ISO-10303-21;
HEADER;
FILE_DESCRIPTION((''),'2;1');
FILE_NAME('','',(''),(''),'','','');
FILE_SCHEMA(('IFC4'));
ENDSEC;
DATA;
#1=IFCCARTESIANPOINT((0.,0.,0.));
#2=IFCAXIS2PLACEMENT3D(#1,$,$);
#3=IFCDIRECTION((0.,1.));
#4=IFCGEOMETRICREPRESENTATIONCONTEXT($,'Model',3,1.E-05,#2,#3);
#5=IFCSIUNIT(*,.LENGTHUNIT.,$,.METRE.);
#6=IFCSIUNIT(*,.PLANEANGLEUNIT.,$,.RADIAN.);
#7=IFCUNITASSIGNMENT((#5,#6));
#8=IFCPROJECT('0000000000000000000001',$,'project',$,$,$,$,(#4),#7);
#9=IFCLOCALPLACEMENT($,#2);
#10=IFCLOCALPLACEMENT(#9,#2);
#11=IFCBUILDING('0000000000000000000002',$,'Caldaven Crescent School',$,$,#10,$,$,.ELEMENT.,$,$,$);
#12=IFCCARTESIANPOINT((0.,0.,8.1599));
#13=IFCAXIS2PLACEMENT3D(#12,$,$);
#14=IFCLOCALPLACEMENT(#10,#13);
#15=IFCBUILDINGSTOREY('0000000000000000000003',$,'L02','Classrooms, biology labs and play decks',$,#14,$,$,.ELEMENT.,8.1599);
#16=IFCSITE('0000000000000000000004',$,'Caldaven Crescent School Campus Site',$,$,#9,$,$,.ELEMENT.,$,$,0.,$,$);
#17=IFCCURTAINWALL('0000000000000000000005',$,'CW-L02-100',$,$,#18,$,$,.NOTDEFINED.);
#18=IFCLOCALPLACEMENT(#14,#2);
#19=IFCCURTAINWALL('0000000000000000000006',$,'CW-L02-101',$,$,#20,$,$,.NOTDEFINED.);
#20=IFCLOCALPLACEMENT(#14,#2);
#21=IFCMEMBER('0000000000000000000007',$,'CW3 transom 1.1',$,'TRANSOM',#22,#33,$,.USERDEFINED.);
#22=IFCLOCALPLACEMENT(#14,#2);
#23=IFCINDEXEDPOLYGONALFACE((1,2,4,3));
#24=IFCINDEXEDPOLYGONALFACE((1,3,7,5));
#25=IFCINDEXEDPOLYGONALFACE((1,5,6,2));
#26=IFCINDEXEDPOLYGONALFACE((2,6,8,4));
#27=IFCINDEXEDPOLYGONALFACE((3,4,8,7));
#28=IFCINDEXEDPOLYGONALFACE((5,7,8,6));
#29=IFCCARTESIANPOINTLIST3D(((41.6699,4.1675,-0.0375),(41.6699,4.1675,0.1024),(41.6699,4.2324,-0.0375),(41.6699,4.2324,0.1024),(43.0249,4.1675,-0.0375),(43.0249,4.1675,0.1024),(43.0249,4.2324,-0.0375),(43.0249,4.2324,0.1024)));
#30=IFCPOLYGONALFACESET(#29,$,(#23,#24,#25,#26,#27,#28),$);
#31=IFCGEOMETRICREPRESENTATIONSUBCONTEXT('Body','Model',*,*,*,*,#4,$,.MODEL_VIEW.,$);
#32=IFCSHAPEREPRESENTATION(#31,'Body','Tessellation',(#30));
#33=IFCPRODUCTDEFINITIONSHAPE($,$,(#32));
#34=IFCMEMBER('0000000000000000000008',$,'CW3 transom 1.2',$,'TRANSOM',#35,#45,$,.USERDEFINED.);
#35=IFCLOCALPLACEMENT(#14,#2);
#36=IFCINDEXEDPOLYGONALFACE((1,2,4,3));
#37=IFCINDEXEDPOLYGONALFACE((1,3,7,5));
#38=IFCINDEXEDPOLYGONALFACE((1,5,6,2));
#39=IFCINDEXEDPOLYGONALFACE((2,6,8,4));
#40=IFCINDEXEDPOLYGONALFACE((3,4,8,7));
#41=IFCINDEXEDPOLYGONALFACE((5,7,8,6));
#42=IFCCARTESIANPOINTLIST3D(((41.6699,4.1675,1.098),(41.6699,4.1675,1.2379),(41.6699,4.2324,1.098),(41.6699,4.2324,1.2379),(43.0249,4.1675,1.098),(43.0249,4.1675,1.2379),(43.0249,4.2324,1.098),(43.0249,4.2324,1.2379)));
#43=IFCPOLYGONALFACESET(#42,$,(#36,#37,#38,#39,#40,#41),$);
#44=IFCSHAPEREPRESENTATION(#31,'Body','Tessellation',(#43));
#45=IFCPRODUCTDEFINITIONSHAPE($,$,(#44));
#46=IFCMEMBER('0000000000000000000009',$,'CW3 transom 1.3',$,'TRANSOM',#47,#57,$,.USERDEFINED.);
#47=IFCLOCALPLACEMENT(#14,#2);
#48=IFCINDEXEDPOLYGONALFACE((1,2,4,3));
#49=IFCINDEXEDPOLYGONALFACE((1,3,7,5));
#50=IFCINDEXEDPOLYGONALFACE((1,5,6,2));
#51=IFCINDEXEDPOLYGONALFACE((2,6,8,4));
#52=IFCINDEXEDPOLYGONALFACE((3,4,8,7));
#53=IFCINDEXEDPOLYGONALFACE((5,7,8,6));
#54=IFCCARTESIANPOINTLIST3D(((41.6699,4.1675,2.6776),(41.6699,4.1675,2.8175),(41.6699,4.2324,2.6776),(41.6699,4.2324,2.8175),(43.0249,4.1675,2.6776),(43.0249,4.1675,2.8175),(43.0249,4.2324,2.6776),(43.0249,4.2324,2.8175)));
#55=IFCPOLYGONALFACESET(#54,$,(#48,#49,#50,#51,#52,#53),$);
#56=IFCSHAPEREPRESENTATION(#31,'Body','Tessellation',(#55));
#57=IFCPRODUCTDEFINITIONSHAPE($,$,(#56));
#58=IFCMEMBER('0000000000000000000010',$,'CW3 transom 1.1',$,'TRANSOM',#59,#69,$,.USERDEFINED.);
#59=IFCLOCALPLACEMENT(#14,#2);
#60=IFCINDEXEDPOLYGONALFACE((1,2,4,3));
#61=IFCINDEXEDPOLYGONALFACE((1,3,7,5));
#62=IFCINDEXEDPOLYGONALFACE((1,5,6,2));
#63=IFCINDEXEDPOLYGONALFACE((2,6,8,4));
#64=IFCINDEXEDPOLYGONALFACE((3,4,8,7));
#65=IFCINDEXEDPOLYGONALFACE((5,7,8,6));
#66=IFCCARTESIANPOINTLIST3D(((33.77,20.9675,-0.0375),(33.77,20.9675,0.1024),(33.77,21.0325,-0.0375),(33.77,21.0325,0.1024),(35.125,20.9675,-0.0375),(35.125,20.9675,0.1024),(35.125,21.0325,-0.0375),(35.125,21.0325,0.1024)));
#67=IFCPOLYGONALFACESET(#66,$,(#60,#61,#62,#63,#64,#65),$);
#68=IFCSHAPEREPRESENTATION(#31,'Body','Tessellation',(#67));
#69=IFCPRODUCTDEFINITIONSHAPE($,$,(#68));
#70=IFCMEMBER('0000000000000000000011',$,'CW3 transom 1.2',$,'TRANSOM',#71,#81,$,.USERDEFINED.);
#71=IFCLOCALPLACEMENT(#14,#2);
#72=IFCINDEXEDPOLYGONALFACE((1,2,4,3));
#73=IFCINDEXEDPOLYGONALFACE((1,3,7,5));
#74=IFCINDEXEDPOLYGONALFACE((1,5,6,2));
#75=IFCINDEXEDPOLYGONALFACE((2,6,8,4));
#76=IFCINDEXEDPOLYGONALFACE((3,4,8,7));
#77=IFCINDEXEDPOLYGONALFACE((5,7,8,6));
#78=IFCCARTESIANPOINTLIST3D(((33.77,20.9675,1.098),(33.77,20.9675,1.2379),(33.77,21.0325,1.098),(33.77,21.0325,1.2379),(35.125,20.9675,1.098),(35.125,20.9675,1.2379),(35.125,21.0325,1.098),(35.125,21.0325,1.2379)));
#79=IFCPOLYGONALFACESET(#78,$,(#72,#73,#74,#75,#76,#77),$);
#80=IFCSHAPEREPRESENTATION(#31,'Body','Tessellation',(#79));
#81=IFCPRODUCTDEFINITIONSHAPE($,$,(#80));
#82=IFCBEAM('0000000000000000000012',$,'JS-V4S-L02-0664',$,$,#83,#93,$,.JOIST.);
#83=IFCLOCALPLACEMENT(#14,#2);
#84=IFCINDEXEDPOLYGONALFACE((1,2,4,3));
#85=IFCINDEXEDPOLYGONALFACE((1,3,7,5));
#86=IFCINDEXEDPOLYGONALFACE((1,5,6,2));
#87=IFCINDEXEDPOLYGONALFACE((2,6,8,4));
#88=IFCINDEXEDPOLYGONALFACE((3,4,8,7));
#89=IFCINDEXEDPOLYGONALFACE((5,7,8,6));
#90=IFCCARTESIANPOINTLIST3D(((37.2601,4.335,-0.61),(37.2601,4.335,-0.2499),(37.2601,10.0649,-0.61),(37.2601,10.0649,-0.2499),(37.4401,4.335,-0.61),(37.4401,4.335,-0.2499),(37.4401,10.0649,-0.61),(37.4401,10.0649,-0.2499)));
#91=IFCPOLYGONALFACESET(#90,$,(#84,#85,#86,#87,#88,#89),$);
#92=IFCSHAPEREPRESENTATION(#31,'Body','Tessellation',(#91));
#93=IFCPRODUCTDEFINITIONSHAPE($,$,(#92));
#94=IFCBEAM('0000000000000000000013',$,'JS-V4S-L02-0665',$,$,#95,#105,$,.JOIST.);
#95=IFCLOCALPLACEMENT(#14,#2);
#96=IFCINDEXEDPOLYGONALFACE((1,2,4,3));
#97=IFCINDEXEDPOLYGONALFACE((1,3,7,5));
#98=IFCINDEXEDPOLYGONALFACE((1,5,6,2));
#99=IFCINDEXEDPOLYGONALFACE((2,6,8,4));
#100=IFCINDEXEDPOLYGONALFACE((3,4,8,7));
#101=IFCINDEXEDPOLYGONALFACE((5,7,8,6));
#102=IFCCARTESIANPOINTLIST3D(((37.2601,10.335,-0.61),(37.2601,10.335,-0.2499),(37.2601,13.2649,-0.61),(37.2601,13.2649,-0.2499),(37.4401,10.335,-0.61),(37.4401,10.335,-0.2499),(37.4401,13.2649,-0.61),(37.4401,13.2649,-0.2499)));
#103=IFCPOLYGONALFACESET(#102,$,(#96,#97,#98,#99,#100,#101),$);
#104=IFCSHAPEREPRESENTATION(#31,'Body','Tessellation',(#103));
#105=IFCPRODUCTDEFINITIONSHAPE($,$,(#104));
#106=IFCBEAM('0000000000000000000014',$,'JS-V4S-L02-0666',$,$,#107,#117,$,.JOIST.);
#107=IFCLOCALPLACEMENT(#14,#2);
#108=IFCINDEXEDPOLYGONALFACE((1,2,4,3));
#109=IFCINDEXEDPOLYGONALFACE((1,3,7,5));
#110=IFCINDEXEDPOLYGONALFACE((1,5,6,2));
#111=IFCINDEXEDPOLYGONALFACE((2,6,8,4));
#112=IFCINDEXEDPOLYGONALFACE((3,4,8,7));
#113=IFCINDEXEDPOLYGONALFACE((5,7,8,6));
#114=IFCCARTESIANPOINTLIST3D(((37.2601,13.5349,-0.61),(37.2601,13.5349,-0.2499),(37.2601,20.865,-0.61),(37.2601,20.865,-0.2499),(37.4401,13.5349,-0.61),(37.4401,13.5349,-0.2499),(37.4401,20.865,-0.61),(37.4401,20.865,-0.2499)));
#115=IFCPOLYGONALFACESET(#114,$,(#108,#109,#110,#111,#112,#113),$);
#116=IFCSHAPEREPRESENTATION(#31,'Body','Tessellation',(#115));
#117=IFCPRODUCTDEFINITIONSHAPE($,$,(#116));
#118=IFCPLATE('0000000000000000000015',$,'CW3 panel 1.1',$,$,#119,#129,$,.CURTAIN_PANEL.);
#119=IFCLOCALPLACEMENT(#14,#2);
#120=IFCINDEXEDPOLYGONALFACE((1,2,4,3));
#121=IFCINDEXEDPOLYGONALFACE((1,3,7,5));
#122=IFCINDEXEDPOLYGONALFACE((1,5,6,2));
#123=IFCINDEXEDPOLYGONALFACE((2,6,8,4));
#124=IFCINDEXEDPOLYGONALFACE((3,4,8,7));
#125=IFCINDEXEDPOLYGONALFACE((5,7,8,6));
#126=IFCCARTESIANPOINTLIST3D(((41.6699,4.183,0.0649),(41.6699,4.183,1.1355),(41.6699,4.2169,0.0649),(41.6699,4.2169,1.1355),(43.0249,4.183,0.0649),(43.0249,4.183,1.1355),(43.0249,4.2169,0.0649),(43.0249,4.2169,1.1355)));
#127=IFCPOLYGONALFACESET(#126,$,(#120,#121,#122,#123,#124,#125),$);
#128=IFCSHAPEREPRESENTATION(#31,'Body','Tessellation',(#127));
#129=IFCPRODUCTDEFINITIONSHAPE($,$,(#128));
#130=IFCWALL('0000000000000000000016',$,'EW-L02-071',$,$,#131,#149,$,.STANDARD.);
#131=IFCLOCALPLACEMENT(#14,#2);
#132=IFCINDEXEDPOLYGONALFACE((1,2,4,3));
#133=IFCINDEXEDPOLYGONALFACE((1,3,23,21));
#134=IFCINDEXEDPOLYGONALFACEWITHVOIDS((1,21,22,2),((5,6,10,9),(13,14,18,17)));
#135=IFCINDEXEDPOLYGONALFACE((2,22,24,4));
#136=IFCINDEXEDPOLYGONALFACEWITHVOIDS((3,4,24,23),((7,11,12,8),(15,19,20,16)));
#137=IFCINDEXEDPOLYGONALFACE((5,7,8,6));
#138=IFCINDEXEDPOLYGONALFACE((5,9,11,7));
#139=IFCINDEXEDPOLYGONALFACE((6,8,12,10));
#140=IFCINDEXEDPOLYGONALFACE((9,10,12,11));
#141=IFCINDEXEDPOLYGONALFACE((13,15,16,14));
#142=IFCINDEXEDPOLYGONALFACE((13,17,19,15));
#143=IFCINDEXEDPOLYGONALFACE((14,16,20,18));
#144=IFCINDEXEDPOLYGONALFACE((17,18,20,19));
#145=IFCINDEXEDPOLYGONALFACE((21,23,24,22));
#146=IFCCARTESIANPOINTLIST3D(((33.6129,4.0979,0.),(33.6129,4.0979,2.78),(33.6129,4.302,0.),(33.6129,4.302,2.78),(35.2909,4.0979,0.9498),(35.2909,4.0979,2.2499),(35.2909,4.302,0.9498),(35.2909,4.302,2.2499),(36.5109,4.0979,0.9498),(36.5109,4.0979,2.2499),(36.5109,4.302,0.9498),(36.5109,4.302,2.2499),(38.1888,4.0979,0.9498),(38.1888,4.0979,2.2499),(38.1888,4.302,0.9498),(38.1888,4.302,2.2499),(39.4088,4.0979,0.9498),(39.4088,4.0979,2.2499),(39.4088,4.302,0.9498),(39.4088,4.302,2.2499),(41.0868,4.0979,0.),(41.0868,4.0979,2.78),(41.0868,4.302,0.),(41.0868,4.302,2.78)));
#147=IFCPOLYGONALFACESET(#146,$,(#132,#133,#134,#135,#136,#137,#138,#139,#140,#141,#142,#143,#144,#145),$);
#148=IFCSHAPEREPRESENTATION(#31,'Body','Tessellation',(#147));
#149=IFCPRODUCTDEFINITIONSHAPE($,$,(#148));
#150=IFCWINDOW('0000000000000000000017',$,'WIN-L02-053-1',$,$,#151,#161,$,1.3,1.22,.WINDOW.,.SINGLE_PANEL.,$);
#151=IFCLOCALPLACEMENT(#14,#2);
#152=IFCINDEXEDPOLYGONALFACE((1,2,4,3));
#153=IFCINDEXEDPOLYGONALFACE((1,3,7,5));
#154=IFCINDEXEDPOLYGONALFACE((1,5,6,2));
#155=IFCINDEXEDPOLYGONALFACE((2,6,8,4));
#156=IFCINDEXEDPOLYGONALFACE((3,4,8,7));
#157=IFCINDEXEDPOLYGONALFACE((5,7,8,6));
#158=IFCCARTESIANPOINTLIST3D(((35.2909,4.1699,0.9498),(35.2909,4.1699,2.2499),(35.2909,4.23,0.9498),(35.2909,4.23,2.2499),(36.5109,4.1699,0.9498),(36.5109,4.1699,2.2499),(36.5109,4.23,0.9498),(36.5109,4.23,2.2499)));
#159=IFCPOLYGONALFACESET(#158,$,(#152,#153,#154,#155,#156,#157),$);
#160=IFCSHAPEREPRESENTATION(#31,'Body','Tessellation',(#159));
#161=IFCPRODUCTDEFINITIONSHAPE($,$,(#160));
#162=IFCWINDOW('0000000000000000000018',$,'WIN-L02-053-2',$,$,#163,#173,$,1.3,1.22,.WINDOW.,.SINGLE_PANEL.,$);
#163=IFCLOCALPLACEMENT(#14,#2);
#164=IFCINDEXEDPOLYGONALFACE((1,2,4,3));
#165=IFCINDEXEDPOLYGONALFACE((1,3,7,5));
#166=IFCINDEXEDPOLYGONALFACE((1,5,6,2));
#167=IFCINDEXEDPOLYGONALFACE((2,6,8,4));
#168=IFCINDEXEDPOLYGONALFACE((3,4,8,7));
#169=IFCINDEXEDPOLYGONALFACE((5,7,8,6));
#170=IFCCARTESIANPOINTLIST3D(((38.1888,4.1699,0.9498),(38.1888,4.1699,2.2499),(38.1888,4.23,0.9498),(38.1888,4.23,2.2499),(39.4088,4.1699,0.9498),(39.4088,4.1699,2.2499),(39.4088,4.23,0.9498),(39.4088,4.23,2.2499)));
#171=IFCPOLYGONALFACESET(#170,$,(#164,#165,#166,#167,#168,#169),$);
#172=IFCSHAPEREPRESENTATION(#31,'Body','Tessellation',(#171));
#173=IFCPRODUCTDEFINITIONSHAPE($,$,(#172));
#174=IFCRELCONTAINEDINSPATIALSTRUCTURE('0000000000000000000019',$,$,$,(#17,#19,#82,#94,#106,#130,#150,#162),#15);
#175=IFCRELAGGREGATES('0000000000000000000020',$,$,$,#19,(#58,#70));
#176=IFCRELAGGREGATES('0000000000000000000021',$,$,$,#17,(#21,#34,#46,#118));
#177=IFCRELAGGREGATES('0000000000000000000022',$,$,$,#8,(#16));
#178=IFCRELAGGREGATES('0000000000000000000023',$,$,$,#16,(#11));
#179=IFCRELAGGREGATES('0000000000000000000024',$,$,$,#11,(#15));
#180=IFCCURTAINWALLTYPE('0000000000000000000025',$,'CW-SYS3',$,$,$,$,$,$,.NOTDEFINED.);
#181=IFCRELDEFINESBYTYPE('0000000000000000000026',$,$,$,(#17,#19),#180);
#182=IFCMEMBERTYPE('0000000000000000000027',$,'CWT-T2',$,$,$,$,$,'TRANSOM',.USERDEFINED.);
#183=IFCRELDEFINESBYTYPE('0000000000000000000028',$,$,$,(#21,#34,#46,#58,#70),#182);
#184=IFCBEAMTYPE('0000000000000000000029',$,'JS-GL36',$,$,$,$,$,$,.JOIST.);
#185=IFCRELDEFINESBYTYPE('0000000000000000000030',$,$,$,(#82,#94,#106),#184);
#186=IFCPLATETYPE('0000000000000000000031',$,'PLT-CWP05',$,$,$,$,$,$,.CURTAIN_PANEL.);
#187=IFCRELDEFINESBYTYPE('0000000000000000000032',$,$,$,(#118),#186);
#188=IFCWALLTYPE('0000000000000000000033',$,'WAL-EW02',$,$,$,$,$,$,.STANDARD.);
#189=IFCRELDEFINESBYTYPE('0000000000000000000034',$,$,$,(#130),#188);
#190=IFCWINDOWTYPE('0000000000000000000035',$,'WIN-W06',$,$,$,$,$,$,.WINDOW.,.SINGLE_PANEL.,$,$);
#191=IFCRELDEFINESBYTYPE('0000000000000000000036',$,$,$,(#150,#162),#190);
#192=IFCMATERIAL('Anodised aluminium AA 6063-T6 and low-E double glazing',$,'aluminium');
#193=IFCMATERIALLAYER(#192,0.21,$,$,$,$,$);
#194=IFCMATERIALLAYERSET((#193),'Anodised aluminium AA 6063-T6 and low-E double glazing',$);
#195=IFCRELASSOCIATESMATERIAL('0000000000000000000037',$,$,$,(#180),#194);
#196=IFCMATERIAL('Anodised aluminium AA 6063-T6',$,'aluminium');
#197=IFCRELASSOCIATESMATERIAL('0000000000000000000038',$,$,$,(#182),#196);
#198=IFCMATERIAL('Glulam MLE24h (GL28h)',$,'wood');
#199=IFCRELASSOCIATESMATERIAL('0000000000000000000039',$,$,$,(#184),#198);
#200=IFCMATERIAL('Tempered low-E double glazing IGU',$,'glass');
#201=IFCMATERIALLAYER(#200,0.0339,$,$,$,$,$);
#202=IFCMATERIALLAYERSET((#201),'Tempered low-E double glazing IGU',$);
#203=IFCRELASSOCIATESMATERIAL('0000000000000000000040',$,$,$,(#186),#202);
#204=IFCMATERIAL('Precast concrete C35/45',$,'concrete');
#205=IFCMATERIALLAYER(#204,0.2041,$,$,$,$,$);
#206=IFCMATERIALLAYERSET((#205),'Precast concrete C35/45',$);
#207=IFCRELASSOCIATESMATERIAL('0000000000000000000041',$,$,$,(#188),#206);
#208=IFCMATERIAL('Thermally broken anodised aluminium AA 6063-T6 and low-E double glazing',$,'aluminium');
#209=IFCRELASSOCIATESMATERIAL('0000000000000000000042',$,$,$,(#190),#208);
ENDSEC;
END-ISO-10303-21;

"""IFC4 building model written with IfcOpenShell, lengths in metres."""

from ifc_helpers import new_model, si_unit, direction, frame, frame_2d, origin, origin_2d, place, context, subcontext, project, spatial, rectangle, extrude, material, layer, layer_set, material_profile, profile_set, type_object, element, fill, aggregate, save


model = new_model("IFC4")

# Units and contexts
model_context = context("Model", 3, precision=1e-05, world=origin(), true_north=direction((0.0, 1.0)))
body_context = subcontext(model_context, "Body", "Model", "MODEL_VIEW")
ifc_project = project(units=[si_unit("LENGTHUNIT", "METRE"), si_unit("PLANEANGLEUNIT", "RADIAN")], contexts=[model_context])

# Site, building, storey
site_placement = place(None, origin())
site = spatial("IfcSite", under=ifc_project, at=site_placement, Name="Caldaven Crescent School Campus Site", CompositionType="ELEMENT", RefElevation=0.0)
building_placement = place(site_placement, origin())
building = spatial("IfcBuilding", under=site, at=building_placement, Name="Caldaven Crescent School", CompositionType="ELEMENT")
storey_placement = place(building_placement, frame((0.0, 0.0, 8.1599)))
storey = spatial("IfcBuildingStorey", under=building, at=storey_placement, Name="L02", Description="Classrooms, biology labs and play decks", CompositionType="ELEMENT", Elevation=8.1599)

# Shared definitions
ifc_material_1 = material(Name="Glulam MLE24h (GL28h)", Category="wood")

# Curtain walls
ifc_material_2 = material(Name="Anodised aluminium AA 6063-T6 and low-E double glazing", Category="aluminium")
ifc_layer_1 = layer(ifc_material_2, 0.21)
ifc_layer_set_1 = layer_set([ifc_layer_1], Name="Anodised aluminium AA 6063-T6 and low-E double glazing")
curtain_wall_type = type_object("IfcCurtainWallType", Name="CW-SYS3", PredefinedType="NOTDEFINED", material=ifc_layer_set_1)
curtain_wall_1_placement = place(storey_placement, origin())
curtain_wall_1 = element("IfcCurtainWall", 1, at=curtain_wall_1_placement, inside=storey, type_object=curtain_wall_type, Name="CW-L02-100", PredefinedType="NOTDEFINED")
ifc_material_3 = material(Name="Anodised aluminium AA 6063-T6", Category="aluminium")
curtain_wall_2_placement = place(storey_placement, origin())
curtain_wall_2 = element("IfcCurtainWall", 2, at=curtain_wall_2_placement, inside=storey, type_object=curtain_wall_type, Name="CW-L02-101", PredefinedType="NOTDEFINED")

# Members
ifc_material_profile_1 = material_profile(ifc_material_3, rectangle(XDim=0.0649, YDim=0.1399, at=origin_2d()), Name="CWT 65x140")
ifc_profile_set_1 = profile_set([ifc_material_profile_1], Name="Anodised aluminium AA 6063-T6")
member_type_1 = type_object("IfcMemberType", Name="CWT-T2", ElementType="TRANSOM", PredefinedType="USERDEFINED", material=ifc_profile_set_1)
member_1_placement = place(storey_placement, frame((41.6699, 4.2, 0.0325), z_axis=(1.0, 0.0, 0.0), x_axis=(0.0, 1.0, 0.0)))
member_1 = element("IfcMember", 3, at=member_1_placement, type_object=member_type_1, Name="CW3 transom 1.1", ObjectType="TRANSOM", PredefinedType="USERDEFINED", context=body_context, shape_type="SweptSolid", body=[
    extrude(rectangle(XDim=0.0649, YDim=0.1399, at=origin_2d()), origin(), (0.0, 0.0, 1.0), 1.355),
])
member_2_placement = place(storey_placement, frame((41.6699, 4.2, 1.168), z_axis=(1.0, 0.0, 0.0), x_axis=(0.0, 1.0, 0.0)))
member_2 = element("IfcMember", 4, at=member_2_placement, type_object=member_type_1, Name="CW3 transom 1.2", ObjectType="TRANSOM", PredefinedType="USERDEFINED", context=body_context, shape_type="SweptSolid", body=[
    extrude(rectangle(XDim=0.0649, YDim=0.1399, at=origin_2d()), origin(), (0.0, 0.0, 1.0), 1.355),
])
member_3_placement = place(storey_placement, frame((41.6699, 4.2, 2.7476), z_axis=(1.0, 0.0, 0.0), x_axis=(0.0, 1.0, 0.0)))
member_3 = element("IfcMember", 5, at=member_3_placement, type_object=member_type_1, Name="CW3 transom 1.3", ObjectType="TRANSOM", PredefinedType="USERDEFINED", context=body_context, shape_type="SweptSolid", body=[
    extrude(rectangle(XDim=0.0649, YDim=0.1399, at=origin_2d()), origin(), (0.0, 0.0, 1.0), 1.355),
])
member_4_placement = place(storey_placement, frame((33.77, 21.0, 0.0325), z_axis=(1.0, 0.0, 0.0), x_axis=(0.0, 1.0, 0.0)))
member_4 = element("IfcMember", 6, at=member_4_placement, type_object=member_type_1, Name="CW3 transom 1.1", ObjectType="TRANSOM", PredefinedType="USERDEFINED", context=body_context, shape_type="SweptSolid", body=[
    extrude(rectangle(XDim=0.0649, YDim=0.1399, at=origin_2d()), origin(), (0.0, 0.0, 1.0), 1.355),
])
member_5_placement = place(storey_placement, frame((33.77, 21.0, 1.168), z_axis=(1.0, 0.0, 0.0), x_axis=(0.0, 1.0, 0.0)))
member_5 = element("IfcMember", 7, at=member_5_placement, type_object=member_type_1, Name="CW3 transom 1.2", ObjectType="TRANSOM", PredefinedType="USERDEFINED", context=body_context, shape_type="SweptSolid", body=[
    extrude(rectangle(XDim=0.0649, YDim=0.1399, at=origin_2d()), origin(), (0.0, 0.0, 1.0), 1.355),
])
aggregate(curtain_wall_2, [member_4, member_5])

# Beams
ifc_material_profile_2 = material_profile(ifc_material_1, rectangle(XDim=0.1799, YDim=0.3601, at=origin_2d()), Name="MLE 180x360")
ifc_profile_set_2 = profile_set([ifc_material_profile_2], Name="Glulam MLE24h (GL28h)")
beam_type_1 = type_object("IfcBeamType", Name="JS-GL36", PredefinedType="JOIST", material=ifc_profile_set_2)
beam_1_placement = place(storey_placement, frame((37.3501, 4.335, -0.4299), z_axis=(0.0, 1.0, 0.0), x_axis=(-1.0, 0.0, 0.0)))
element("IfcBeam", 8, at=beam_1_placement, inside=storey, type_object=beam_type_1, Name="JS-V4S-L02-0664", PredefinedType="JOIST", context=body_context, shape_type="SweptSolid", body=[
    extrude(rectangle(XDim=0.1799, YDim=0.3601, at=origin_2d()), origin(), (0.0, 0.0, 1.0), 5.73),
])
beam_2_placement = place(storey_placement, frame((37.3501, 10.335, -0.4299), z_axis=(0.0, 1.0, 0.0), x_axis=(-1.0, 0.0, 0.0)))
element("IfcBeam", 9, at=beam_2_placement, inside=storey, type_object=beam_type_1, Name="JS-V4S-L02-0665", PredefinedType="JOIST", context=body_context, shape_type="SweptSolid", body=[
    extrude(rectangle(XDim=0.1799, YDim=0.3601, at=origin_2d()), origin(), (0.0, 0.0, 1.0), 2.9299),
])
beam_3_placement = place(storey_placement, frame((37.3501, 13.5349, -0.4299), z_axis=(0.0, 1.0, 0.0), x_axis=(-1.0, 0.0, 0.0)))
element("IfcBeam", 10, at=beam_3_placement, inside=storey, type_object=beam_type_1, Name="JS-V4S-L02-0666", PredefinedType="JOIST", context=body_context, shape_type="SweptSolid", body=[
    extrude(rectangle(XDim=0.1799, YDim=0.3601, at=origin_2d()), origin(), (0.0, 0.0, 1.0), 7.3301),
])

# Plate
ifc_material_4 = material(Name="Tempered low-E double glazing IGU", Category="glass")
ifc_layer_2 = layer(ifc_material_4, 0.0339)
ifc_layer_set_2 = layer_set([ifc_layer_2], Name="Tempered low-E double glazing IGU")
plate_type = type_object("IfcPlateType", Name="PLT-CWP05", PredefinedType="CURTAIN_PANEL", material=ifc_layer_set_2)
plate_placement = place(storey_placement, frame((42.3474, 4.2, 0.0649), z_axis=(0.0, 0.0, 1.0), x_axis=(1.0, 0.0, 0.0)))
plate = element("IfcPlate", 11, at=plate_placement, type_object=plate_type, Name="CW3 panel 1.1", PredefinedType="CURTAIN_PANEL", context=body_context, shape_type="SweptSolid", body=[
    extrude(rectangle(XDim=1.355, YDim=0.0339, at=origin_2d()), origin(), (0.0, 0.0, 1.0), 1.0706),
])
aggregate(curtain_wall_1, [member_1, member_2, member_3, plate])

# Wall, openings, windows
ifc_material_5 = material(Name="Precast concrete C35/45", Category="concrete")
ifc_layer_3 = layer(ifc_material_5, 0.2041)
ifc_layer_set_3 = layer_set([ifc_layer_3], Name="Precast concrete C35/45")
wall_type_1 = type_object("IfcWallType", Name="WAL-EW02", PredefinedType="STANDARD", material=ifc_layer_set_3)
wall_1_placement = place(storey_placement, frame((33.613, 4.2, 0.0), z_axis=(0.0, 0.0, 1.0), x_axis=(1.0, 0.0, 0.0)))
wall_1 = element("IfcWall", 12, at=wall_1_placement, inside=storey, type_object=wall_type_1, Name="EW-L02-071", PredefinedType="STANDARD", context=body_context, shape_type="SweptSolid", body=[
    extrude(rectangle(XDim=7.4739, YDim=0.2041, at=frame_2d((3.7368, 0.0))), origin(), (0.0, 0.0, 1.0), 2.78),
])
opening_1_placement = place(wall_1_placement, frame((1.678, 0.0, 0.95)))
opening_1 = element("IfcOpeningElement", 13, at=opening_1_placement, cuts=wall_1, PredefinedType="OPENING", context=body_context, shape_type="SweptSolid", body=[
    extrude(rectangle(XDim=1.22, YDim=1.3, at=frame_2d((0.6099, 0.6499))), frame((0.0, 0.1121, 0.0), z_axis=(0.0, -1.0, 0.0), x_axis=(1.0, 0.0, 0.0)), (0.0, 0.0, 1.0), 0.2241),
])
opening_2_placement = place(wall_1_placement, frame((4.5759, 0.0, 0.95)))
opening_2 = element("IfcOpeningElement", 14, at=opening_2_placement, cuts=wall_1, PredefinedType="OPENING", context=body_context, shape_type="SweptSolid", body=[
    extrude(rectangle(XDim=1.22, YDim=1.3, at=frame_2d((0.6099, 0.6499))), frame((0.0, 0.1121, 0.0), z_axis=(0.0, -1.0, 0.0), x_axis=(1.0, 0.0, 0.0)), (0.0, 0.0, 1.0), 0.2241),
])
ifc_material_6 = material(Name="Thermally broken anodised aluminium AA 6063-T6 and low-E double glazing", Category="aluminium")
window_type = type_object("IfcWindowType", Name="WIN-W06", PartitioningType="SINGLE_PANEL", PredefinedType="WINDOW", material=ifc_material_6)
window_1_placement = place(opening_1_placement, origin())
window_1 = element("IfcWindow", 15, at=window_1_placement, inside=storey, type_object=window_type, Name="WIN-L02-053-1", OverallHeight=1.3, OverallWidth=1.22, PartitioningType="SINGLE_PANEL", PredefinedType="WINDOW", context=body_context, shape_type="SweptSolid", body=[
    extrude(rectangle(XDim=1.22, YDim=1.3, at=frame_2d((0.6099, 0.6499))), frame((0.0, 0.03, 0.0), z_axis=(0.0, -1.0, 0.0), x_axis=(1.0, 0.0, 0.0)), (0.0, 0.0, 1.0), 0.0601),
])
fill(opening_1, window_1)
window_2_placement = place(opening_2_placement, origin())
window_2 = element("IfcWindow", 16, at=window_2_placement, inside=storey, type_object=window_type, Name="WIN-L02-053-2", OverallHeight=1.3, OverallWidth=1.22, PartitioningType="SINGLE_PANEL", PredefinedType="WINDOW", context=body_context, shape_type="SweptSolid", body=[
    extrude(rectangle(XDim=1.22, YDim=1.3, at=frame_2d((0.6099, 0.6499))), frame((0.0, 0.03, 0.0), z_axis=(0.0, -1.0, 0.0), x_axis=(1.0, 0.0, 0.0)), (0.0, 0.0, 1.0), 0.0601),
])
fill(opening_2, window_2)

save(model, "model.ifc")
